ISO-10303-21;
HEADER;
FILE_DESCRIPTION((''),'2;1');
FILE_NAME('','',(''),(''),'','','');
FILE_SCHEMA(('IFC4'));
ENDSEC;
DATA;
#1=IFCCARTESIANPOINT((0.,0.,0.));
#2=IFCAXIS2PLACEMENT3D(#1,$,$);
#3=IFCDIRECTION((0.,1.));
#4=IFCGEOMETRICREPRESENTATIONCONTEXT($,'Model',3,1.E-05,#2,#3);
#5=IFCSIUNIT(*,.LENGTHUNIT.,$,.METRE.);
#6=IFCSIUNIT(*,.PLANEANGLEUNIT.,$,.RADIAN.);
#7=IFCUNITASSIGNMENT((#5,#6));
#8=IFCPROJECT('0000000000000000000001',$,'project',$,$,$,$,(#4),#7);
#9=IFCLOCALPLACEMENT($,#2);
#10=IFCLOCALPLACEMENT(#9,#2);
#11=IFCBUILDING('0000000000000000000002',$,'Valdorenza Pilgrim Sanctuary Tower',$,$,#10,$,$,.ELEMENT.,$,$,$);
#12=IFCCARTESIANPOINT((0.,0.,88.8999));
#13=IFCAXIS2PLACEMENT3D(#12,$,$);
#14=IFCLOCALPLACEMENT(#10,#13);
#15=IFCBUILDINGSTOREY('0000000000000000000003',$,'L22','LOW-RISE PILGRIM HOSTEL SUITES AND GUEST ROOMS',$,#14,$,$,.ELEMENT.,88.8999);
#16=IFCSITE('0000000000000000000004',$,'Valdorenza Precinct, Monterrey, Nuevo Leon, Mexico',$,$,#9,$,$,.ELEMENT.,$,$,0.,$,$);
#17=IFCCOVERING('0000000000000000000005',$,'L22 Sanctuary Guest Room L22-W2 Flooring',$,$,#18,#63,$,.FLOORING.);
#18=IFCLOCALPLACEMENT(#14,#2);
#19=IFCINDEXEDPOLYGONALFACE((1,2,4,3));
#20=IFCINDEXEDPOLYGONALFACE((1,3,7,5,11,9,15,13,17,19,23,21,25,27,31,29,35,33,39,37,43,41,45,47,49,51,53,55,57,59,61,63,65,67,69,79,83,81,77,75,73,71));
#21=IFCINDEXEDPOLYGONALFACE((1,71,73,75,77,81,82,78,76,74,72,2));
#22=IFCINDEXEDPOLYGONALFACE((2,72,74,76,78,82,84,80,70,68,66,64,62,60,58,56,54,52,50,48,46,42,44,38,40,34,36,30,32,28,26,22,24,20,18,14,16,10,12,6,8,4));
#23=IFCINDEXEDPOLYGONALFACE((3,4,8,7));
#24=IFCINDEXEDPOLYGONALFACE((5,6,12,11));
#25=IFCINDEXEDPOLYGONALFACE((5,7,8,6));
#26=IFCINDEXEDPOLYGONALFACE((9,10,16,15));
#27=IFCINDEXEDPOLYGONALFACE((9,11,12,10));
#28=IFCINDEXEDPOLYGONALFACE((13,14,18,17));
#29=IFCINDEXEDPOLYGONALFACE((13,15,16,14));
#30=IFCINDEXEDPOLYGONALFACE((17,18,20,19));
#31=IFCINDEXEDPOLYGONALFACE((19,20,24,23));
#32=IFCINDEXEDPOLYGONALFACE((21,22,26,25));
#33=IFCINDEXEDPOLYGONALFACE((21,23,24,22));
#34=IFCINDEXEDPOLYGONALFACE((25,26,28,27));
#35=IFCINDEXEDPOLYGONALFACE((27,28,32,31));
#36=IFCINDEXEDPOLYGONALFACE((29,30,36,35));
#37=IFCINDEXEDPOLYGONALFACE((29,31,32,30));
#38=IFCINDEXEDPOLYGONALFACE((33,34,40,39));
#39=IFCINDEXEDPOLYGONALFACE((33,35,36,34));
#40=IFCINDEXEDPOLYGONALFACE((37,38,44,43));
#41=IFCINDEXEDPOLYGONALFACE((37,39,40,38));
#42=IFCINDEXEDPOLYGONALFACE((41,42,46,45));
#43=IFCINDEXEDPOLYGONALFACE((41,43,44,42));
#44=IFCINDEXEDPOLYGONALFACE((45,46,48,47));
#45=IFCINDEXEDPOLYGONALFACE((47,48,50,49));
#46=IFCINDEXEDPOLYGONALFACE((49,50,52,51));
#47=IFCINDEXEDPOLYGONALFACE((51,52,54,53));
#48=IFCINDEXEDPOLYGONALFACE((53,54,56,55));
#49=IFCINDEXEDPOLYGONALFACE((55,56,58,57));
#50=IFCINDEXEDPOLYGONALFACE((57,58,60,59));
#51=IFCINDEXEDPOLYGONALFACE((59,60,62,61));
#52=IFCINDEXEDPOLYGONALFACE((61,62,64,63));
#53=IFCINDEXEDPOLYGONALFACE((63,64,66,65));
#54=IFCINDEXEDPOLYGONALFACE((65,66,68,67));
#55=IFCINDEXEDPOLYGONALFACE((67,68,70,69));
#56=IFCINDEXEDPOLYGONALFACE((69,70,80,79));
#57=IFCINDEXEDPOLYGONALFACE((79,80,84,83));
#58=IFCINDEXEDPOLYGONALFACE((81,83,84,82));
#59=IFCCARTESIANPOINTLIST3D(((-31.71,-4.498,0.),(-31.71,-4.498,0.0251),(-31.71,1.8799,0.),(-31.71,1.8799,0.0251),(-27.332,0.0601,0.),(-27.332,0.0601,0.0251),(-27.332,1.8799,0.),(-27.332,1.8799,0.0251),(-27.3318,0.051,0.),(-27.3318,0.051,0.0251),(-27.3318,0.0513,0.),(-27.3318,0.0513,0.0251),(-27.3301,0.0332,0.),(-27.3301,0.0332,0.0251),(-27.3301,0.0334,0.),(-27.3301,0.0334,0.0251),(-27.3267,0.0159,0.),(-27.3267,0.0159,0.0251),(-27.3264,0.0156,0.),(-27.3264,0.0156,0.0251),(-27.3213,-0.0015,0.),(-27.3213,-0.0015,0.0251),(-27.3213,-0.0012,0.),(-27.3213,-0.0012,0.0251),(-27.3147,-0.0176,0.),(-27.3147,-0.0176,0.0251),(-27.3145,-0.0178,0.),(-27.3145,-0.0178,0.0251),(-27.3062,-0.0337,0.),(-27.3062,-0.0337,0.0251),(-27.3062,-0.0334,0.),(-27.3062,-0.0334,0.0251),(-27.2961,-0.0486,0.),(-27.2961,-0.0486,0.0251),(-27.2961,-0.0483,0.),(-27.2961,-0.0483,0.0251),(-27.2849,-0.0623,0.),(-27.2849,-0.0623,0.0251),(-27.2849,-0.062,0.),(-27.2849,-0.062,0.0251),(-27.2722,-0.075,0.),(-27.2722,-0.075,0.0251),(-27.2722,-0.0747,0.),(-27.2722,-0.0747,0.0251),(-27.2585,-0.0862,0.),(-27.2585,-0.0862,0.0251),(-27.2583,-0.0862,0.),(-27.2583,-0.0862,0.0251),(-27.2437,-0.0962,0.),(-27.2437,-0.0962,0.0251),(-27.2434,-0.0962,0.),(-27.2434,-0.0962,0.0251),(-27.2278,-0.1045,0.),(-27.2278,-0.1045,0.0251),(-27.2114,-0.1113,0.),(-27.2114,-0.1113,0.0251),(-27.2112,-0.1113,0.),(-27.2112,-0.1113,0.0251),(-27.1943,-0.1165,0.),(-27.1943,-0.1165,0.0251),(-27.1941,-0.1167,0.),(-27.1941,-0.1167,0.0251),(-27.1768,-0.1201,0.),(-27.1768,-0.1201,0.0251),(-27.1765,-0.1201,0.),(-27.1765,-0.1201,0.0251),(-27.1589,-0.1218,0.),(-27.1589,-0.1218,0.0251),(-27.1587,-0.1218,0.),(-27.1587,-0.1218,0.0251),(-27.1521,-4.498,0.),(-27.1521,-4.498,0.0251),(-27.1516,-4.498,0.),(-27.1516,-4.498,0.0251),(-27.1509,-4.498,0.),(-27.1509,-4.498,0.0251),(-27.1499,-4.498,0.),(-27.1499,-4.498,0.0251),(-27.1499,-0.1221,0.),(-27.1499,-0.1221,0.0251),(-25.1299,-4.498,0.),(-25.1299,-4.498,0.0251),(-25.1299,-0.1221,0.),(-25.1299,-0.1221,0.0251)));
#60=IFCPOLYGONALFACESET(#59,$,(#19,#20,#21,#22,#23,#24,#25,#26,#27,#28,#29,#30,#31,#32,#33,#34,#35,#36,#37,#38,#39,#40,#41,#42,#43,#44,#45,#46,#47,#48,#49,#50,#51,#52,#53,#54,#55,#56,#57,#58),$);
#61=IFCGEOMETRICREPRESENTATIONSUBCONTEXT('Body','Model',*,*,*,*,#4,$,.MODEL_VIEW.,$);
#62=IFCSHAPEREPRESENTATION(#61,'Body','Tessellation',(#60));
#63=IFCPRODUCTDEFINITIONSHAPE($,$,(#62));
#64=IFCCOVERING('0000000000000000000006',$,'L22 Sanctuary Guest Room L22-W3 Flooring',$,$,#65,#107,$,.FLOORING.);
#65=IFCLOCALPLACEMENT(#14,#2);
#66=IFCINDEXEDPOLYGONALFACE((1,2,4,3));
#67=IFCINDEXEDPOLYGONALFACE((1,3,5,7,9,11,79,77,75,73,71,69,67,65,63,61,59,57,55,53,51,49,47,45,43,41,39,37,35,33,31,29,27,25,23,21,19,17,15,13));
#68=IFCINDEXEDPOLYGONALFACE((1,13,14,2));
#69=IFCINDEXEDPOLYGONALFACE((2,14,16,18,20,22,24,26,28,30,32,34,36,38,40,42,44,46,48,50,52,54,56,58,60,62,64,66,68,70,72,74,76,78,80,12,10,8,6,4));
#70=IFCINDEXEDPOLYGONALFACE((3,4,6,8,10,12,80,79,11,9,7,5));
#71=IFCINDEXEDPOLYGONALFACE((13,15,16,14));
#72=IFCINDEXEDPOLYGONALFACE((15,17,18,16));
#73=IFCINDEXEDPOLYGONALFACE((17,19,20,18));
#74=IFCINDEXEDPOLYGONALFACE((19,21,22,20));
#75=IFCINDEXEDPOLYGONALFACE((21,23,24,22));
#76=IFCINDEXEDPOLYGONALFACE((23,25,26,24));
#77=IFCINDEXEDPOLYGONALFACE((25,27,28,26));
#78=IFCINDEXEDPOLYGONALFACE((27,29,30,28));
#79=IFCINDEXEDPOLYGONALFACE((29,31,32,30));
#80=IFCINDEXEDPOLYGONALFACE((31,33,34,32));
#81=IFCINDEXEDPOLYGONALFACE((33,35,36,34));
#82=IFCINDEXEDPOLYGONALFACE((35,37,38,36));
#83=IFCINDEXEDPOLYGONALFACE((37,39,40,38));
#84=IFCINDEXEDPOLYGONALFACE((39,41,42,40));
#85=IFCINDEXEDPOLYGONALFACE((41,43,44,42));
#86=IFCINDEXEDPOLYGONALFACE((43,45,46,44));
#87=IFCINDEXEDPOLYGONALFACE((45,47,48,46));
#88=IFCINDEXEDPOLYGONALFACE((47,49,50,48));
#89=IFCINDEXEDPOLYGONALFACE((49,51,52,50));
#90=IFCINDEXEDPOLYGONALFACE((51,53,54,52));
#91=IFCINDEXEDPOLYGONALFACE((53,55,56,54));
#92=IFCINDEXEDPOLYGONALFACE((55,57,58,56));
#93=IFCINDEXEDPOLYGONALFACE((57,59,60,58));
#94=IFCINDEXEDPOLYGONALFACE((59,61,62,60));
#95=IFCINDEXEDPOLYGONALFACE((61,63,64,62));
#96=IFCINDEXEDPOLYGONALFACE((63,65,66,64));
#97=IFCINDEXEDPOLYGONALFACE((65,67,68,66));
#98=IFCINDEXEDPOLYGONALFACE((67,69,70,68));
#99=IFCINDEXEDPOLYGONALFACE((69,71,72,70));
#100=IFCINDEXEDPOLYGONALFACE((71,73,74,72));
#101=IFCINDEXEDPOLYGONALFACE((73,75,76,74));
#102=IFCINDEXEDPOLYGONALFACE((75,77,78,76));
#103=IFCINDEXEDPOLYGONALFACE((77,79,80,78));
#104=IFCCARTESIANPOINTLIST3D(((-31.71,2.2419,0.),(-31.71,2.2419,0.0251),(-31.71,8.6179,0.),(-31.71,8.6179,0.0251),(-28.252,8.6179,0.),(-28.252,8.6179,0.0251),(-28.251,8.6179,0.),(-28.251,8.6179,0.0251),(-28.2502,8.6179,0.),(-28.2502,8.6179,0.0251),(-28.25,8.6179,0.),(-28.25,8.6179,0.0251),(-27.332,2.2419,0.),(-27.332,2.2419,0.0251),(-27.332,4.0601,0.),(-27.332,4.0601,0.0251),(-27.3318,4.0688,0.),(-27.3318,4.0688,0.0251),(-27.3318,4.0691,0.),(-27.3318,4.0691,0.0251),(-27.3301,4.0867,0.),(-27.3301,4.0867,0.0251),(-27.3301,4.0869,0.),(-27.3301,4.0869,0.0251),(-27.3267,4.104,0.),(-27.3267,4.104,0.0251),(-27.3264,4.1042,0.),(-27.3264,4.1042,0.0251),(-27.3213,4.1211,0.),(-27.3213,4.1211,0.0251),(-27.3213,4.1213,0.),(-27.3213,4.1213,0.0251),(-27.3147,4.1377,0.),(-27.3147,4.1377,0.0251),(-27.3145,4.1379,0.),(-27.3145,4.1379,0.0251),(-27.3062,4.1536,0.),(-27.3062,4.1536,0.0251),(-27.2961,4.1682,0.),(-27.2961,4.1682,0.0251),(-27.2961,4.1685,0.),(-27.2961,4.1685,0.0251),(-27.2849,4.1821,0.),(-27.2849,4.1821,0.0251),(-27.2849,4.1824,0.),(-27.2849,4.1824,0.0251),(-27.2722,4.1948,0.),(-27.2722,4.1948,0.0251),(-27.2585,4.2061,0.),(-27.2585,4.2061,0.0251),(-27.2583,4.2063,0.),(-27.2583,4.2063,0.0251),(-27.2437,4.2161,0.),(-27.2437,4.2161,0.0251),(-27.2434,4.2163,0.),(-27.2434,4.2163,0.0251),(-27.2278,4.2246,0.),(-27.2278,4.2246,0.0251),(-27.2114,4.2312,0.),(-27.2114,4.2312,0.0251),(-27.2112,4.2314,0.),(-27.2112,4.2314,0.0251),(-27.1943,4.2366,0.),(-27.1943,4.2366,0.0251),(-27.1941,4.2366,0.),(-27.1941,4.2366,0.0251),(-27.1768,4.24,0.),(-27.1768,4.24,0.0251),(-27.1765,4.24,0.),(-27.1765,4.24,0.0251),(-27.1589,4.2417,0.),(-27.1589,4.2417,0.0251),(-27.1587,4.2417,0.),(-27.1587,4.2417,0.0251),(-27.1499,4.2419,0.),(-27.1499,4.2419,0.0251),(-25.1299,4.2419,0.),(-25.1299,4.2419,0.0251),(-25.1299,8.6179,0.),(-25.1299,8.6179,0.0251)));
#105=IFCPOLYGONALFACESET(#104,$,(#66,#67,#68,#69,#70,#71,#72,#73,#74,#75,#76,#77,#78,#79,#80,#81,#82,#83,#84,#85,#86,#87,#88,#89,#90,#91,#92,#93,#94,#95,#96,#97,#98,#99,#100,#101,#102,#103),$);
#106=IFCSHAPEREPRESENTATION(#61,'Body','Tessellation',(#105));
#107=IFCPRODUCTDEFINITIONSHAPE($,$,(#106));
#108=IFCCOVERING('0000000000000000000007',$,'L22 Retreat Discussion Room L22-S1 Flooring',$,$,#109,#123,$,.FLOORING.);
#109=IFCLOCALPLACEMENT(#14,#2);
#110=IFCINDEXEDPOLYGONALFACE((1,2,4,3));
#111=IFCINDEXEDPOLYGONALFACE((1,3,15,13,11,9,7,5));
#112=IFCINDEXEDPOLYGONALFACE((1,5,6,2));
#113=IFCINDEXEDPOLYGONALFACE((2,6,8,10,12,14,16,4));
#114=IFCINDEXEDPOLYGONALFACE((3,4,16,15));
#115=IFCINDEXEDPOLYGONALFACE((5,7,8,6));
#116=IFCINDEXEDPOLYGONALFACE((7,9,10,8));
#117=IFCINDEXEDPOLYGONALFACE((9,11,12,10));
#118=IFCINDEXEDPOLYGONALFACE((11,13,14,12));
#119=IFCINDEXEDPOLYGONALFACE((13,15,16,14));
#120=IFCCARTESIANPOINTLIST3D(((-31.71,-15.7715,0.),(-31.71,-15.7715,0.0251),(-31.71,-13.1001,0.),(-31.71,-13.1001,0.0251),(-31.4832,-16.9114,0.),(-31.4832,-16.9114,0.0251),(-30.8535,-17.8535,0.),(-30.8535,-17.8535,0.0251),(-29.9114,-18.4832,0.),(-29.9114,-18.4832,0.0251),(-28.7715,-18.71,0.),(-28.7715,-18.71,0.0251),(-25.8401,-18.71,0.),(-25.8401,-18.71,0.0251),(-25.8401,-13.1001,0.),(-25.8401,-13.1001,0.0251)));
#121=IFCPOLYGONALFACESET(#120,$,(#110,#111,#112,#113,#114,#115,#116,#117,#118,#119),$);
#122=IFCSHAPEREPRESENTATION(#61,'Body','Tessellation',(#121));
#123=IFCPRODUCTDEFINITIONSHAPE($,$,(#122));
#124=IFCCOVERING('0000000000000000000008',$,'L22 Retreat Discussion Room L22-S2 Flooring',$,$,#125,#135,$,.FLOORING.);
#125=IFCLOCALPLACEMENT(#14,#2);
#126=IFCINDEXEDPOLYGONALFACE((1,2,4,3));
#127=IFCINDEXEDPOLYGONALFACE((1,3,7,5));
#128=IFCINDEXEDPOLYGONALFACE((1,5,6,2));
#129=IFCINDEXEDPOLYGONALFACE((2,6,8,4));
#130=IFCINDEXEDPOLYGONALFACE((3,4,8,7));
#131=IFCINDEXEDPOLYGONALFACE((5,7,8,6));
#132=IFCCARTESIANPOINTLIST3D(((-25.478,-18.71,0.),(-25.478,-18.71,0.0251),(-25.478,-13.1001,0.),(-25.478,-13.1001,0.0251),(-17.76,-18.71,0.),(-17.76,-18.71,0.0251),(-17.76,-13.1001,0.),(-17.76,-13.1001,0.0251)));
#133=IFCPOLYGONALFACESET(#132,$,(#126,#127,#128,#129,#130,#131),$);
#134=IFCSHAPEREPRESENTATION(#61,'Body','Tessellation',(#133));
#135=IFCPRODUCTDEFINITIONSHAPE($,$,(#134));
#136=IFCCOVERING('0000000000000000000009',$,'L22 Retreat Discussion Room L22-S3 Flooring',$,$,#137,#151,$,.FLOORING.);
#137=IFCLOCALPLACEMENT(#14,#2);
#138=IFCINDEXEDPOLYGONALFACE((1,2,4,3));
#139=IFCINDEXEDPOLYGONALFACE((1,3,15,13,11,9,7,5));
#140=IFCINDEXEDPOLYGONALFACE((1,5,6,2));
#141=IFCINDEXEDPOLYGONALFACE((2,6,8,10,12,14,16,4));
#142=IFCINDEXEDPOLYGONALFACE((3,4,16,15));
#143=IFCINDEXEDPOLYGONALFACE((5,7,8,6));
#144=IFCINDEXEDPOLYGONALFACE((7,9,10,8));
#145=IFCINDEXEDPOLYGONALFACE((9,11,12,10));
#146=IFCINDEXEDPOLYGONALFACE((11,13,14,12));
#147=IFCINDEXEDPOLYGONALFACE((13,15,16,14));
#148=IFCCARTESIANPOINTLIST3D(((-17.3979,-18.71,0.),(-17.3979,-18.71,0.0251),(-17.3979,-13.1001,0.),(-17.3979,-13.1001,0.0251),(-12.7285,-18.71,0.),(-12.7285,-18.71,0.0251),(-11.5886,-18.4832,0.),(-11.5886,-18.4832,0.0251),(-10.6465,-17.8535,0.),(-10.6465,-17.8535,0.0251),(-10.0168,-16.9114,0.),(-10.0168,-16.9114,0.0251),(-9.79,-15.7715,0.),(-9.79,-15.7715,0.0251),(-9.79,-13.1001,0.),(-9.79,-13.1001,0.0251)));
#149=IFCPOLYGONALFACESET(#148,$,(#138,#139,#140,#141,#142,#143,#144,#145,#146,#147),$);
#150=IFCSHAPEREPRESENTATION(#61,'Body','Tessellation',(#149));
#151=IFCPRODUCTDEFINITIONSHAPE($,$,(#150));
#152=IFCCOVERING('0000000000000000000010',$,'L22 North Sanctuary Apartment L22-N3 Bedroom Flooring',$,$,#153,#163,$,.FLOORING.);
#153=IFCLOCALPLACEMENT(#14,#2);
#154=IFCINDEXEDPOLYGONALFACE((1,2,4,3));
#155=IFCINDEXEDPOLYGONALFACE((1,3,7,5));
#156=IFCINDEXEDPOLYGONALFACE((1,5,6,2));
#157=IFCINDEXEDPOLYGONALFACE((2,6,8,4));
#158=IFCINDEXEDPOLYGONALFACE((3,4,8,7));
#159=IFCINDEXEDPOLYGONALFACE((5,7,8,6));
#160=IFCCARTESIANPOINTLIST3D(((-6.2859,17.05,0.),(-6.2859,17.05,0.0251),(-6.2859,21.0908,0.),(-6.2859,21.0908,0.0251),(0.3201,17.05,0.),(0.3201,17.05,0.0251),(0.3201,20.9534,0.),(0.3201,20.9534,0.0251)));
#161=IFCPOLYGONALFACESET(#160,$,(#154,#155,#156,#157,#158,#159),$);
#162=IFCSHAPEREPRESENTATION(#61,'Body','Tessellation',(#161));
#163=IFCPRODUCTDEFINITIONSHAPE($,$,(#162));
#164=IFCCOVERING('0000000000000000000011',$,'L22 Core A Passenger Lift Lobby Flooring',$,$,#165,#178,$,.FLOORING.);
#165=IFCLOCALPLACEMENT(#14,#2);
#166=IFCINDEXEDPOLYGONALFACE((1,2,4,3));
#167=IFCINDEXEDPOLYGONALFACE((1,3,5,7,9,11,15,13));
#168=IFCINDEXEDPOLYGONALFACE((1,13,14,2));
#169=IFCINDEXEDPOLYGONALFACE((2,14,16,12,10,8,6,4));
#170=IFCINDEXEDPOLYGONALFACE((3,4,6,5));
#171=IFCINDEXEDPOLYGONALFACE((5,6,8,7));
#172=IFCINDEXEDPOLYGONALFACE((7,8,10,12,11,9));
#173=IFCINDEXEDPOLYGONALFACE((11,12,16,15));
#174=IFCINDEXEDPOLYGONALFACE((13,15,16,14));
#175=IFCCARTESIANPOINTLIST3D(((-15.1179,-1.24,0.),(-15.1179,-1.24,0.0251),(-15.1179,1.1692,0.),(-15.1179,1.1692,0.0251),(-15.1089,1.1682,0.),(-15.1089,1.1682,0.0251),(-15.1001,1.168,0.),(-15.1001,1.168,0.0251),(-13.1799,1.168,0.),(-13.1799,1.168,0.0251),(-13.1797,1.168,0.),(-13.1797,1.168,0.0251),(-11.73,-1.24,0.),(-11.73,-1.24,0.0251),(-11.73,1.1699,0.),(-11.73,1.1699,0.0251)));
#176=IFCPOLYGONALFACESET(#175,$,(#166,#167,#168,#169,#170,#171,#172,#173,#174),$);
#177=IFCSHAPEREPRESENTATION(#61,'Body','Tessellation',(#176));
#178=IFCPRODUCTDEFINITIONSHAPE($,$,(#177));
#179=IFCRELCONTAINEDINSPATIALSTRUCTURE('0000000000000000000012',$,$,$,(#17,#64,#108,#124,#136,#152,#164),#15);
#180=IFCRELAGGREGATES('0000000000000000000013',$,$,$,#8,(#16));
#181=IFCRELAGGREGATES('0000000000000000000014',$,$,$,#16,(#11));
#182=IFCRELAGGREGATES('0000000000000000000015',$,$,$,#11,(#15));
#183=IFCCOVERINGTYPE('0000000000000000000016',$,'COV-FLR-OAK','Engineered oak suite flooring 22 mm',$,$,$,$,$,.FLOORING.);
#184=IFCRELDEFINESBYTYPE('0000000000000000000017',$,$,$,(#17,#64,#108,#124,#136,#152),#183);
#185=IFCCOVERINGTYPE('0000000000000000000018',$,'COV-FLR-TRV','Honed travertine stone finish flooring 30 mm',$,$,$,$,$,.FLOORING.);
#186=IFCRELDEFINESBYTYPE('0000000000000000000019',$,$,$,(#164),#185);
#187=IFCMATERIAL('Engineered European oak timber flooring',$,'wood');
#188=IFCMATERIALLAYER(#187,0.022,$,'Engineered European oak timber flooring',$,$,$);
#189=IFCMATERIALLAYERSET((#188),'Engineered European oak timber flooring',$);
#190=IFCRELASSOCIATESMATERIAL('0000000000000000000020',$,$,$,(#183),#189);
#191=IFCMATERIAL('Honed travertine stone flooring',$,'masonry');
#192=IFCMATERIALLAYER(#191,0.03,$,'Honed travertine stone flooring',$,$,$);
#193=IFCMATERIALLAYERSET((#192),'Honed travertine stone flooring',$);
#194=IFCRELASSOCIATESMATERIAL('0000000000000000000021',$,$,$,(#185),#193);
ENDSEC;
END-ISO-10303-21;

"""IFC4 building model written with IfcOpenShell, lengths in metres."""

from ifc_helpers import new_model, si_unit, direction, frame, origin, place, context, subcontext, project, spatial, polyline, outline, extrude, material, layer, layer_set, type_object, element, save


model = new_model("IFC4")

# Units and contexts
model_context = context("Model", 3, precision=1e-05, world=origin(), true_north=direction((0.0, 1.0)))
body_context = subcontext(model_context, "Body", "Model", "MODEL_VIEW")
ifc_project = project(units=[si_unit("LENGTHUNIT", "METRE"), si_unit("PLANEANGLEUNIT", "RADIAN")], contexts=[model_context])

# Site, building, storey
site_placement = place(None, origin())
site = spatial("IfcSite", under=ifc_project, at=site_placement, Name="Valdorenza Precinct, Monterrey, Nuevo Leon, Mexico", CompositionType="ELEMENT", RefElevation=0.0)
building_placement = place(site_placement, origin())
building = spatial("IfcBuilding", under=site, at=building_placement, Name="Valdorenza Pilgrim Sanctuary Tower", CompositionType="ELEMENT")
storey_placement = place(building_placement, frame((0.0, 0.0, 88.8999)))
storey = spatial("IfcBuildingStorey", under=building, at=storey_placement, Name="L22", Description="LOW-RISE PILGRIM HOSTEL SUITES AND GUEST ROOMS", CompositionType="ELEMENT", Elevation=88.8999)

# Coverings
ifc_material_1 = material(Name="Engineered European oak timber flooring", Category="wood")
ifc_layer_1 = layer(ifc_material_1, 0.022, Name="Engineered European oak timber flooring")
ifc_layer_set_1 = layer_set([ifc_layer_1], Name="Engineered European oak timber flooring")
covering_type_1 = type_object("IfcCoveringType", Name="COV-FLR-OAK", Description="Engineered oak suite flooring 22 mm", PredefinedType="FLOORING", material=ifc_layer_set_1)
covering_1_placement = place(storey_placement, origin())
element("IfcCovering", 1, at=covering_1_placement, inside=storey, type_object=covering_type_1, Name="L22 Sanctuary Guest Room L22-W2 Flooring", PredefinedType="FLOORING", context=body_context, shape_type="SweptSolid", body=[
    extrude(outline(polyline([(-31.71, 1.8799), (-27.332, 1.8799), (-27.332, 0.0601), (-27.3318, 0.0513), (-27.3318, 0.051), (-27.3301, 0.0334), (-27.3301, 0.0332), (-27.3267, 0.0159), (-27.3264, 0.0156), (-27.3213, -0.0012), (-27.3213, -0.0015), (-27.3147, -0.0176), (-27.3145, -0.0178), (-27.3062, -0.0334), (-27.3062, -0.0337), (-27.2961, -0.0483), (-27.2961, -0.0486), (-27.2849, -0.062), (-27.2849, -0.0623), (-27.2722, -0.0747), (-27.2722, -0.075), (-27.2585, -0.0862), (-27.2583, -0.0862), (-27.2437, -0.0962), (-27.2434, -0.0962), (-27.2278, -0.1045), (-27.2278, -0.1045), (-27.2114, -0.1113), (-27.2112, -0.1113), (-27.1943, -0.1165), (-27.1941, -0.1167), (-27.1768, -0.1201), (-27.1765, -0.1201), (-27.1589, -0.1218), (-27.1587, -0.1218), (-27.1499, -0.1221), (-25.1299, -0.1221), (-25.1299, -4.498), (-27.1499, -4.498), (-27.1509, -4.498), (-27.1516, -4.498), (-27.1521, -4.498), (-31.71, -4.498), (-31.71, 1.8799)])), origin(), (0.0, 0.0, 1.0), 0.0251),
])
covering_2_placement = place(storey_placement, origin())
element("IfcCovering", 2, at=covering_2_placement, inside=storey, type_object=covering_type_1, Name="L22 Sanctuary Guest Room L22-W3 Flooring", PredefinedType="FLOORING", context=body_context, shape_type="SweptSolid", body=[
    extrude(outline(polyline([(-28.2502, 8.6179), (-28.25, 8.6179), (-25.1299, 8.6179), (-25.1299, 4.2419), (-27.1499, 4.2419), (-27.1587, 4.2417), (-27.1589, 4.2417), (-27.1765, 4.24), (-27.1768, 4.24), (-27.1941, 4.2366), (-27.1943, 4.2366), (-27.2112, 4.2314), (-27.2114, 4.2312), (-27.2278, 4.2246), (-27.2278, 4.2246), (-27.2434, 4.2163), (-27.2437, 4.2161), (-27.2583, 4.2063), (-27.2585, 4.2061), (-27.2722, 4.1948), (-27.2722, 4.1948), (-27.2849, 4.1824), (-27.2849, 4.1821), (-27.2961, 4.1685), (-27.2961, 4.1682), (-27.3062, 4.1536), (-27.3062, 4.1536), (-27.3145, 4.1379), (-27.3147, 4.1377), (-27.3213, 4.1213), (-27.3213, 4.1211), (-27.3264, 4.1042), (-27.3267, 4.104), (-27.3301, 4.0869), (-27.3301, 4.0867), (-27.3318, 4.0691), (-27.3318, 4.0688), (-27.332, 4.0601), (-27.332, 2.2419), (-31.71, 2.2419), (-31.71, 8.6179), (-28.252, 8.6179), (-28.251, 8.6179), (-28.2502, 8.6179)])), origin(), (0.0, 0.0, 1.0), 0.0251),
])
covering_3_placement = place(storey_placement, origin())
element("IfcCovering", 3, at=covering_3_placement, inside=storey, type_object=covering_type_1, Name="L22 Retreat Discussion Room L22-S1 Flooring", PredefinedType="FLOORING", context=body_context, shape_type="SweptSolid", body=[
    extrude(outline(polyline([(-25.8401, -18.71), (-28.7715, -18.71), (-29.9114, -18.4832), (-30.8535, -17.8535), (-31.4832, -16.9114), (-31.71, -15.7715), (-31.71, -13.1001), (-25.8401, -13.1001), (-25.8401, -18.71)])), origin(), (0.0, 0.0, 1.0), 0.0251),
])
covering_4_placement = place(storey_placement, origin())
element("IfcCovering", 4, at=covering_4_placement, inside=storey, type_object=covering_type_1, Name="L22 Retreat Discussion Room L22-S2 Flooring", PredefinedType="FLOORING", context=body_context, shape_type="SweptSolid", body=[
    extrude(outline(polyline([(-17.76, -13.1001), (-17.76, -18.71), (-25.478, -18.71), (-25.478, -13.1001), (-17.76, -13.1001)])), origin(), (0.0, 0.0, 1.0), 0.0251),
])
covering_5_placement = place(storey_placement, origin())
element("IfcCovering", 5, at=covering_5_placement, inside=storey, type_object=covering_type_1, Name="L22 Retreat Discussion Room L22-S3 Flooring", PredefinedType="FLOORING", context=body_context, shape_type="SweptSolid", body=[
    extrude(outline(polyline([(-9.79, -13.1001), (-9.79, -15.7715), (-10.0168, -16.9114), (-10.6465, -17.8535), (-11.5886, -18.4832), (-12.7285, -18.71), (-17.3979, -18.71), (-17.3979, -13.1001), (-9.79, -13.1001)])), origin(), (0.0, 0.0, 1.0), 0.0251),
])
covering_6_placement = place(storey_placement, origin())
element("IfcCovering", 6, at=covering_6_placement, inside=storey, type_object=covering_type_1, Name="L22 North Sanctuary Apartment L22-N3 Bedroom Flooring", PredefinedType="FLOORING", context=body_context, shape_type="SweptSolid", body=[
    extrude(outline(polyline([(-6.2859, 17.05), (-6.2859, 21.0908), (0.3201, 20.9534), (0.3201, 17.05), (-6.2859, 17.05)])), origin(), (0.0, 0.0, 1.0), 0.0251),
])
ifc_material_2 = material(Name="Honed travertine stone flooring", Category="masonry")
ifc_layer_2 = layer(ifc_material_2, 0.03, Name="Honed travertine stone flooring")
ifc_layer_set_2 = layer_set([ifc_layer_2], Name="Honed travertine stone flooring")
covering_type_2 = type_object("IfcCoveringType", Name="COV-FLR-TRV", Description="Honed travertine stone finish flooring 30 mm", PredefinedType="FLOORING", material=ifc_layer_set_2)
covering_7_placement = place(storey_placement, origin())
element("IfcCovering", 7, at=covering_7_placement, inside=storey, type_object=covering_type_2, Name="L22 Core A Passenger Lift Lobby Flooring", PredefinedType="FLOORING", context=body_context, shape_type="SweptSolid", body=[
    extrude(outline(polyline([(-15.1179, 1.1692), (-15.1089, 1.1682), (-15.1089, 1.1682), (-15.1001, 1.168), (-13.1799, 1.168), (-13.1797, 1.168), (-11.73, 1.1699), (-11.73, -1.24), (-15.1179, -1.24), (-15.1179, 1.1692)])), origin(), (0.0, 0.0, 1.0), 0.0251),
])

save(model, "model.ifc")
